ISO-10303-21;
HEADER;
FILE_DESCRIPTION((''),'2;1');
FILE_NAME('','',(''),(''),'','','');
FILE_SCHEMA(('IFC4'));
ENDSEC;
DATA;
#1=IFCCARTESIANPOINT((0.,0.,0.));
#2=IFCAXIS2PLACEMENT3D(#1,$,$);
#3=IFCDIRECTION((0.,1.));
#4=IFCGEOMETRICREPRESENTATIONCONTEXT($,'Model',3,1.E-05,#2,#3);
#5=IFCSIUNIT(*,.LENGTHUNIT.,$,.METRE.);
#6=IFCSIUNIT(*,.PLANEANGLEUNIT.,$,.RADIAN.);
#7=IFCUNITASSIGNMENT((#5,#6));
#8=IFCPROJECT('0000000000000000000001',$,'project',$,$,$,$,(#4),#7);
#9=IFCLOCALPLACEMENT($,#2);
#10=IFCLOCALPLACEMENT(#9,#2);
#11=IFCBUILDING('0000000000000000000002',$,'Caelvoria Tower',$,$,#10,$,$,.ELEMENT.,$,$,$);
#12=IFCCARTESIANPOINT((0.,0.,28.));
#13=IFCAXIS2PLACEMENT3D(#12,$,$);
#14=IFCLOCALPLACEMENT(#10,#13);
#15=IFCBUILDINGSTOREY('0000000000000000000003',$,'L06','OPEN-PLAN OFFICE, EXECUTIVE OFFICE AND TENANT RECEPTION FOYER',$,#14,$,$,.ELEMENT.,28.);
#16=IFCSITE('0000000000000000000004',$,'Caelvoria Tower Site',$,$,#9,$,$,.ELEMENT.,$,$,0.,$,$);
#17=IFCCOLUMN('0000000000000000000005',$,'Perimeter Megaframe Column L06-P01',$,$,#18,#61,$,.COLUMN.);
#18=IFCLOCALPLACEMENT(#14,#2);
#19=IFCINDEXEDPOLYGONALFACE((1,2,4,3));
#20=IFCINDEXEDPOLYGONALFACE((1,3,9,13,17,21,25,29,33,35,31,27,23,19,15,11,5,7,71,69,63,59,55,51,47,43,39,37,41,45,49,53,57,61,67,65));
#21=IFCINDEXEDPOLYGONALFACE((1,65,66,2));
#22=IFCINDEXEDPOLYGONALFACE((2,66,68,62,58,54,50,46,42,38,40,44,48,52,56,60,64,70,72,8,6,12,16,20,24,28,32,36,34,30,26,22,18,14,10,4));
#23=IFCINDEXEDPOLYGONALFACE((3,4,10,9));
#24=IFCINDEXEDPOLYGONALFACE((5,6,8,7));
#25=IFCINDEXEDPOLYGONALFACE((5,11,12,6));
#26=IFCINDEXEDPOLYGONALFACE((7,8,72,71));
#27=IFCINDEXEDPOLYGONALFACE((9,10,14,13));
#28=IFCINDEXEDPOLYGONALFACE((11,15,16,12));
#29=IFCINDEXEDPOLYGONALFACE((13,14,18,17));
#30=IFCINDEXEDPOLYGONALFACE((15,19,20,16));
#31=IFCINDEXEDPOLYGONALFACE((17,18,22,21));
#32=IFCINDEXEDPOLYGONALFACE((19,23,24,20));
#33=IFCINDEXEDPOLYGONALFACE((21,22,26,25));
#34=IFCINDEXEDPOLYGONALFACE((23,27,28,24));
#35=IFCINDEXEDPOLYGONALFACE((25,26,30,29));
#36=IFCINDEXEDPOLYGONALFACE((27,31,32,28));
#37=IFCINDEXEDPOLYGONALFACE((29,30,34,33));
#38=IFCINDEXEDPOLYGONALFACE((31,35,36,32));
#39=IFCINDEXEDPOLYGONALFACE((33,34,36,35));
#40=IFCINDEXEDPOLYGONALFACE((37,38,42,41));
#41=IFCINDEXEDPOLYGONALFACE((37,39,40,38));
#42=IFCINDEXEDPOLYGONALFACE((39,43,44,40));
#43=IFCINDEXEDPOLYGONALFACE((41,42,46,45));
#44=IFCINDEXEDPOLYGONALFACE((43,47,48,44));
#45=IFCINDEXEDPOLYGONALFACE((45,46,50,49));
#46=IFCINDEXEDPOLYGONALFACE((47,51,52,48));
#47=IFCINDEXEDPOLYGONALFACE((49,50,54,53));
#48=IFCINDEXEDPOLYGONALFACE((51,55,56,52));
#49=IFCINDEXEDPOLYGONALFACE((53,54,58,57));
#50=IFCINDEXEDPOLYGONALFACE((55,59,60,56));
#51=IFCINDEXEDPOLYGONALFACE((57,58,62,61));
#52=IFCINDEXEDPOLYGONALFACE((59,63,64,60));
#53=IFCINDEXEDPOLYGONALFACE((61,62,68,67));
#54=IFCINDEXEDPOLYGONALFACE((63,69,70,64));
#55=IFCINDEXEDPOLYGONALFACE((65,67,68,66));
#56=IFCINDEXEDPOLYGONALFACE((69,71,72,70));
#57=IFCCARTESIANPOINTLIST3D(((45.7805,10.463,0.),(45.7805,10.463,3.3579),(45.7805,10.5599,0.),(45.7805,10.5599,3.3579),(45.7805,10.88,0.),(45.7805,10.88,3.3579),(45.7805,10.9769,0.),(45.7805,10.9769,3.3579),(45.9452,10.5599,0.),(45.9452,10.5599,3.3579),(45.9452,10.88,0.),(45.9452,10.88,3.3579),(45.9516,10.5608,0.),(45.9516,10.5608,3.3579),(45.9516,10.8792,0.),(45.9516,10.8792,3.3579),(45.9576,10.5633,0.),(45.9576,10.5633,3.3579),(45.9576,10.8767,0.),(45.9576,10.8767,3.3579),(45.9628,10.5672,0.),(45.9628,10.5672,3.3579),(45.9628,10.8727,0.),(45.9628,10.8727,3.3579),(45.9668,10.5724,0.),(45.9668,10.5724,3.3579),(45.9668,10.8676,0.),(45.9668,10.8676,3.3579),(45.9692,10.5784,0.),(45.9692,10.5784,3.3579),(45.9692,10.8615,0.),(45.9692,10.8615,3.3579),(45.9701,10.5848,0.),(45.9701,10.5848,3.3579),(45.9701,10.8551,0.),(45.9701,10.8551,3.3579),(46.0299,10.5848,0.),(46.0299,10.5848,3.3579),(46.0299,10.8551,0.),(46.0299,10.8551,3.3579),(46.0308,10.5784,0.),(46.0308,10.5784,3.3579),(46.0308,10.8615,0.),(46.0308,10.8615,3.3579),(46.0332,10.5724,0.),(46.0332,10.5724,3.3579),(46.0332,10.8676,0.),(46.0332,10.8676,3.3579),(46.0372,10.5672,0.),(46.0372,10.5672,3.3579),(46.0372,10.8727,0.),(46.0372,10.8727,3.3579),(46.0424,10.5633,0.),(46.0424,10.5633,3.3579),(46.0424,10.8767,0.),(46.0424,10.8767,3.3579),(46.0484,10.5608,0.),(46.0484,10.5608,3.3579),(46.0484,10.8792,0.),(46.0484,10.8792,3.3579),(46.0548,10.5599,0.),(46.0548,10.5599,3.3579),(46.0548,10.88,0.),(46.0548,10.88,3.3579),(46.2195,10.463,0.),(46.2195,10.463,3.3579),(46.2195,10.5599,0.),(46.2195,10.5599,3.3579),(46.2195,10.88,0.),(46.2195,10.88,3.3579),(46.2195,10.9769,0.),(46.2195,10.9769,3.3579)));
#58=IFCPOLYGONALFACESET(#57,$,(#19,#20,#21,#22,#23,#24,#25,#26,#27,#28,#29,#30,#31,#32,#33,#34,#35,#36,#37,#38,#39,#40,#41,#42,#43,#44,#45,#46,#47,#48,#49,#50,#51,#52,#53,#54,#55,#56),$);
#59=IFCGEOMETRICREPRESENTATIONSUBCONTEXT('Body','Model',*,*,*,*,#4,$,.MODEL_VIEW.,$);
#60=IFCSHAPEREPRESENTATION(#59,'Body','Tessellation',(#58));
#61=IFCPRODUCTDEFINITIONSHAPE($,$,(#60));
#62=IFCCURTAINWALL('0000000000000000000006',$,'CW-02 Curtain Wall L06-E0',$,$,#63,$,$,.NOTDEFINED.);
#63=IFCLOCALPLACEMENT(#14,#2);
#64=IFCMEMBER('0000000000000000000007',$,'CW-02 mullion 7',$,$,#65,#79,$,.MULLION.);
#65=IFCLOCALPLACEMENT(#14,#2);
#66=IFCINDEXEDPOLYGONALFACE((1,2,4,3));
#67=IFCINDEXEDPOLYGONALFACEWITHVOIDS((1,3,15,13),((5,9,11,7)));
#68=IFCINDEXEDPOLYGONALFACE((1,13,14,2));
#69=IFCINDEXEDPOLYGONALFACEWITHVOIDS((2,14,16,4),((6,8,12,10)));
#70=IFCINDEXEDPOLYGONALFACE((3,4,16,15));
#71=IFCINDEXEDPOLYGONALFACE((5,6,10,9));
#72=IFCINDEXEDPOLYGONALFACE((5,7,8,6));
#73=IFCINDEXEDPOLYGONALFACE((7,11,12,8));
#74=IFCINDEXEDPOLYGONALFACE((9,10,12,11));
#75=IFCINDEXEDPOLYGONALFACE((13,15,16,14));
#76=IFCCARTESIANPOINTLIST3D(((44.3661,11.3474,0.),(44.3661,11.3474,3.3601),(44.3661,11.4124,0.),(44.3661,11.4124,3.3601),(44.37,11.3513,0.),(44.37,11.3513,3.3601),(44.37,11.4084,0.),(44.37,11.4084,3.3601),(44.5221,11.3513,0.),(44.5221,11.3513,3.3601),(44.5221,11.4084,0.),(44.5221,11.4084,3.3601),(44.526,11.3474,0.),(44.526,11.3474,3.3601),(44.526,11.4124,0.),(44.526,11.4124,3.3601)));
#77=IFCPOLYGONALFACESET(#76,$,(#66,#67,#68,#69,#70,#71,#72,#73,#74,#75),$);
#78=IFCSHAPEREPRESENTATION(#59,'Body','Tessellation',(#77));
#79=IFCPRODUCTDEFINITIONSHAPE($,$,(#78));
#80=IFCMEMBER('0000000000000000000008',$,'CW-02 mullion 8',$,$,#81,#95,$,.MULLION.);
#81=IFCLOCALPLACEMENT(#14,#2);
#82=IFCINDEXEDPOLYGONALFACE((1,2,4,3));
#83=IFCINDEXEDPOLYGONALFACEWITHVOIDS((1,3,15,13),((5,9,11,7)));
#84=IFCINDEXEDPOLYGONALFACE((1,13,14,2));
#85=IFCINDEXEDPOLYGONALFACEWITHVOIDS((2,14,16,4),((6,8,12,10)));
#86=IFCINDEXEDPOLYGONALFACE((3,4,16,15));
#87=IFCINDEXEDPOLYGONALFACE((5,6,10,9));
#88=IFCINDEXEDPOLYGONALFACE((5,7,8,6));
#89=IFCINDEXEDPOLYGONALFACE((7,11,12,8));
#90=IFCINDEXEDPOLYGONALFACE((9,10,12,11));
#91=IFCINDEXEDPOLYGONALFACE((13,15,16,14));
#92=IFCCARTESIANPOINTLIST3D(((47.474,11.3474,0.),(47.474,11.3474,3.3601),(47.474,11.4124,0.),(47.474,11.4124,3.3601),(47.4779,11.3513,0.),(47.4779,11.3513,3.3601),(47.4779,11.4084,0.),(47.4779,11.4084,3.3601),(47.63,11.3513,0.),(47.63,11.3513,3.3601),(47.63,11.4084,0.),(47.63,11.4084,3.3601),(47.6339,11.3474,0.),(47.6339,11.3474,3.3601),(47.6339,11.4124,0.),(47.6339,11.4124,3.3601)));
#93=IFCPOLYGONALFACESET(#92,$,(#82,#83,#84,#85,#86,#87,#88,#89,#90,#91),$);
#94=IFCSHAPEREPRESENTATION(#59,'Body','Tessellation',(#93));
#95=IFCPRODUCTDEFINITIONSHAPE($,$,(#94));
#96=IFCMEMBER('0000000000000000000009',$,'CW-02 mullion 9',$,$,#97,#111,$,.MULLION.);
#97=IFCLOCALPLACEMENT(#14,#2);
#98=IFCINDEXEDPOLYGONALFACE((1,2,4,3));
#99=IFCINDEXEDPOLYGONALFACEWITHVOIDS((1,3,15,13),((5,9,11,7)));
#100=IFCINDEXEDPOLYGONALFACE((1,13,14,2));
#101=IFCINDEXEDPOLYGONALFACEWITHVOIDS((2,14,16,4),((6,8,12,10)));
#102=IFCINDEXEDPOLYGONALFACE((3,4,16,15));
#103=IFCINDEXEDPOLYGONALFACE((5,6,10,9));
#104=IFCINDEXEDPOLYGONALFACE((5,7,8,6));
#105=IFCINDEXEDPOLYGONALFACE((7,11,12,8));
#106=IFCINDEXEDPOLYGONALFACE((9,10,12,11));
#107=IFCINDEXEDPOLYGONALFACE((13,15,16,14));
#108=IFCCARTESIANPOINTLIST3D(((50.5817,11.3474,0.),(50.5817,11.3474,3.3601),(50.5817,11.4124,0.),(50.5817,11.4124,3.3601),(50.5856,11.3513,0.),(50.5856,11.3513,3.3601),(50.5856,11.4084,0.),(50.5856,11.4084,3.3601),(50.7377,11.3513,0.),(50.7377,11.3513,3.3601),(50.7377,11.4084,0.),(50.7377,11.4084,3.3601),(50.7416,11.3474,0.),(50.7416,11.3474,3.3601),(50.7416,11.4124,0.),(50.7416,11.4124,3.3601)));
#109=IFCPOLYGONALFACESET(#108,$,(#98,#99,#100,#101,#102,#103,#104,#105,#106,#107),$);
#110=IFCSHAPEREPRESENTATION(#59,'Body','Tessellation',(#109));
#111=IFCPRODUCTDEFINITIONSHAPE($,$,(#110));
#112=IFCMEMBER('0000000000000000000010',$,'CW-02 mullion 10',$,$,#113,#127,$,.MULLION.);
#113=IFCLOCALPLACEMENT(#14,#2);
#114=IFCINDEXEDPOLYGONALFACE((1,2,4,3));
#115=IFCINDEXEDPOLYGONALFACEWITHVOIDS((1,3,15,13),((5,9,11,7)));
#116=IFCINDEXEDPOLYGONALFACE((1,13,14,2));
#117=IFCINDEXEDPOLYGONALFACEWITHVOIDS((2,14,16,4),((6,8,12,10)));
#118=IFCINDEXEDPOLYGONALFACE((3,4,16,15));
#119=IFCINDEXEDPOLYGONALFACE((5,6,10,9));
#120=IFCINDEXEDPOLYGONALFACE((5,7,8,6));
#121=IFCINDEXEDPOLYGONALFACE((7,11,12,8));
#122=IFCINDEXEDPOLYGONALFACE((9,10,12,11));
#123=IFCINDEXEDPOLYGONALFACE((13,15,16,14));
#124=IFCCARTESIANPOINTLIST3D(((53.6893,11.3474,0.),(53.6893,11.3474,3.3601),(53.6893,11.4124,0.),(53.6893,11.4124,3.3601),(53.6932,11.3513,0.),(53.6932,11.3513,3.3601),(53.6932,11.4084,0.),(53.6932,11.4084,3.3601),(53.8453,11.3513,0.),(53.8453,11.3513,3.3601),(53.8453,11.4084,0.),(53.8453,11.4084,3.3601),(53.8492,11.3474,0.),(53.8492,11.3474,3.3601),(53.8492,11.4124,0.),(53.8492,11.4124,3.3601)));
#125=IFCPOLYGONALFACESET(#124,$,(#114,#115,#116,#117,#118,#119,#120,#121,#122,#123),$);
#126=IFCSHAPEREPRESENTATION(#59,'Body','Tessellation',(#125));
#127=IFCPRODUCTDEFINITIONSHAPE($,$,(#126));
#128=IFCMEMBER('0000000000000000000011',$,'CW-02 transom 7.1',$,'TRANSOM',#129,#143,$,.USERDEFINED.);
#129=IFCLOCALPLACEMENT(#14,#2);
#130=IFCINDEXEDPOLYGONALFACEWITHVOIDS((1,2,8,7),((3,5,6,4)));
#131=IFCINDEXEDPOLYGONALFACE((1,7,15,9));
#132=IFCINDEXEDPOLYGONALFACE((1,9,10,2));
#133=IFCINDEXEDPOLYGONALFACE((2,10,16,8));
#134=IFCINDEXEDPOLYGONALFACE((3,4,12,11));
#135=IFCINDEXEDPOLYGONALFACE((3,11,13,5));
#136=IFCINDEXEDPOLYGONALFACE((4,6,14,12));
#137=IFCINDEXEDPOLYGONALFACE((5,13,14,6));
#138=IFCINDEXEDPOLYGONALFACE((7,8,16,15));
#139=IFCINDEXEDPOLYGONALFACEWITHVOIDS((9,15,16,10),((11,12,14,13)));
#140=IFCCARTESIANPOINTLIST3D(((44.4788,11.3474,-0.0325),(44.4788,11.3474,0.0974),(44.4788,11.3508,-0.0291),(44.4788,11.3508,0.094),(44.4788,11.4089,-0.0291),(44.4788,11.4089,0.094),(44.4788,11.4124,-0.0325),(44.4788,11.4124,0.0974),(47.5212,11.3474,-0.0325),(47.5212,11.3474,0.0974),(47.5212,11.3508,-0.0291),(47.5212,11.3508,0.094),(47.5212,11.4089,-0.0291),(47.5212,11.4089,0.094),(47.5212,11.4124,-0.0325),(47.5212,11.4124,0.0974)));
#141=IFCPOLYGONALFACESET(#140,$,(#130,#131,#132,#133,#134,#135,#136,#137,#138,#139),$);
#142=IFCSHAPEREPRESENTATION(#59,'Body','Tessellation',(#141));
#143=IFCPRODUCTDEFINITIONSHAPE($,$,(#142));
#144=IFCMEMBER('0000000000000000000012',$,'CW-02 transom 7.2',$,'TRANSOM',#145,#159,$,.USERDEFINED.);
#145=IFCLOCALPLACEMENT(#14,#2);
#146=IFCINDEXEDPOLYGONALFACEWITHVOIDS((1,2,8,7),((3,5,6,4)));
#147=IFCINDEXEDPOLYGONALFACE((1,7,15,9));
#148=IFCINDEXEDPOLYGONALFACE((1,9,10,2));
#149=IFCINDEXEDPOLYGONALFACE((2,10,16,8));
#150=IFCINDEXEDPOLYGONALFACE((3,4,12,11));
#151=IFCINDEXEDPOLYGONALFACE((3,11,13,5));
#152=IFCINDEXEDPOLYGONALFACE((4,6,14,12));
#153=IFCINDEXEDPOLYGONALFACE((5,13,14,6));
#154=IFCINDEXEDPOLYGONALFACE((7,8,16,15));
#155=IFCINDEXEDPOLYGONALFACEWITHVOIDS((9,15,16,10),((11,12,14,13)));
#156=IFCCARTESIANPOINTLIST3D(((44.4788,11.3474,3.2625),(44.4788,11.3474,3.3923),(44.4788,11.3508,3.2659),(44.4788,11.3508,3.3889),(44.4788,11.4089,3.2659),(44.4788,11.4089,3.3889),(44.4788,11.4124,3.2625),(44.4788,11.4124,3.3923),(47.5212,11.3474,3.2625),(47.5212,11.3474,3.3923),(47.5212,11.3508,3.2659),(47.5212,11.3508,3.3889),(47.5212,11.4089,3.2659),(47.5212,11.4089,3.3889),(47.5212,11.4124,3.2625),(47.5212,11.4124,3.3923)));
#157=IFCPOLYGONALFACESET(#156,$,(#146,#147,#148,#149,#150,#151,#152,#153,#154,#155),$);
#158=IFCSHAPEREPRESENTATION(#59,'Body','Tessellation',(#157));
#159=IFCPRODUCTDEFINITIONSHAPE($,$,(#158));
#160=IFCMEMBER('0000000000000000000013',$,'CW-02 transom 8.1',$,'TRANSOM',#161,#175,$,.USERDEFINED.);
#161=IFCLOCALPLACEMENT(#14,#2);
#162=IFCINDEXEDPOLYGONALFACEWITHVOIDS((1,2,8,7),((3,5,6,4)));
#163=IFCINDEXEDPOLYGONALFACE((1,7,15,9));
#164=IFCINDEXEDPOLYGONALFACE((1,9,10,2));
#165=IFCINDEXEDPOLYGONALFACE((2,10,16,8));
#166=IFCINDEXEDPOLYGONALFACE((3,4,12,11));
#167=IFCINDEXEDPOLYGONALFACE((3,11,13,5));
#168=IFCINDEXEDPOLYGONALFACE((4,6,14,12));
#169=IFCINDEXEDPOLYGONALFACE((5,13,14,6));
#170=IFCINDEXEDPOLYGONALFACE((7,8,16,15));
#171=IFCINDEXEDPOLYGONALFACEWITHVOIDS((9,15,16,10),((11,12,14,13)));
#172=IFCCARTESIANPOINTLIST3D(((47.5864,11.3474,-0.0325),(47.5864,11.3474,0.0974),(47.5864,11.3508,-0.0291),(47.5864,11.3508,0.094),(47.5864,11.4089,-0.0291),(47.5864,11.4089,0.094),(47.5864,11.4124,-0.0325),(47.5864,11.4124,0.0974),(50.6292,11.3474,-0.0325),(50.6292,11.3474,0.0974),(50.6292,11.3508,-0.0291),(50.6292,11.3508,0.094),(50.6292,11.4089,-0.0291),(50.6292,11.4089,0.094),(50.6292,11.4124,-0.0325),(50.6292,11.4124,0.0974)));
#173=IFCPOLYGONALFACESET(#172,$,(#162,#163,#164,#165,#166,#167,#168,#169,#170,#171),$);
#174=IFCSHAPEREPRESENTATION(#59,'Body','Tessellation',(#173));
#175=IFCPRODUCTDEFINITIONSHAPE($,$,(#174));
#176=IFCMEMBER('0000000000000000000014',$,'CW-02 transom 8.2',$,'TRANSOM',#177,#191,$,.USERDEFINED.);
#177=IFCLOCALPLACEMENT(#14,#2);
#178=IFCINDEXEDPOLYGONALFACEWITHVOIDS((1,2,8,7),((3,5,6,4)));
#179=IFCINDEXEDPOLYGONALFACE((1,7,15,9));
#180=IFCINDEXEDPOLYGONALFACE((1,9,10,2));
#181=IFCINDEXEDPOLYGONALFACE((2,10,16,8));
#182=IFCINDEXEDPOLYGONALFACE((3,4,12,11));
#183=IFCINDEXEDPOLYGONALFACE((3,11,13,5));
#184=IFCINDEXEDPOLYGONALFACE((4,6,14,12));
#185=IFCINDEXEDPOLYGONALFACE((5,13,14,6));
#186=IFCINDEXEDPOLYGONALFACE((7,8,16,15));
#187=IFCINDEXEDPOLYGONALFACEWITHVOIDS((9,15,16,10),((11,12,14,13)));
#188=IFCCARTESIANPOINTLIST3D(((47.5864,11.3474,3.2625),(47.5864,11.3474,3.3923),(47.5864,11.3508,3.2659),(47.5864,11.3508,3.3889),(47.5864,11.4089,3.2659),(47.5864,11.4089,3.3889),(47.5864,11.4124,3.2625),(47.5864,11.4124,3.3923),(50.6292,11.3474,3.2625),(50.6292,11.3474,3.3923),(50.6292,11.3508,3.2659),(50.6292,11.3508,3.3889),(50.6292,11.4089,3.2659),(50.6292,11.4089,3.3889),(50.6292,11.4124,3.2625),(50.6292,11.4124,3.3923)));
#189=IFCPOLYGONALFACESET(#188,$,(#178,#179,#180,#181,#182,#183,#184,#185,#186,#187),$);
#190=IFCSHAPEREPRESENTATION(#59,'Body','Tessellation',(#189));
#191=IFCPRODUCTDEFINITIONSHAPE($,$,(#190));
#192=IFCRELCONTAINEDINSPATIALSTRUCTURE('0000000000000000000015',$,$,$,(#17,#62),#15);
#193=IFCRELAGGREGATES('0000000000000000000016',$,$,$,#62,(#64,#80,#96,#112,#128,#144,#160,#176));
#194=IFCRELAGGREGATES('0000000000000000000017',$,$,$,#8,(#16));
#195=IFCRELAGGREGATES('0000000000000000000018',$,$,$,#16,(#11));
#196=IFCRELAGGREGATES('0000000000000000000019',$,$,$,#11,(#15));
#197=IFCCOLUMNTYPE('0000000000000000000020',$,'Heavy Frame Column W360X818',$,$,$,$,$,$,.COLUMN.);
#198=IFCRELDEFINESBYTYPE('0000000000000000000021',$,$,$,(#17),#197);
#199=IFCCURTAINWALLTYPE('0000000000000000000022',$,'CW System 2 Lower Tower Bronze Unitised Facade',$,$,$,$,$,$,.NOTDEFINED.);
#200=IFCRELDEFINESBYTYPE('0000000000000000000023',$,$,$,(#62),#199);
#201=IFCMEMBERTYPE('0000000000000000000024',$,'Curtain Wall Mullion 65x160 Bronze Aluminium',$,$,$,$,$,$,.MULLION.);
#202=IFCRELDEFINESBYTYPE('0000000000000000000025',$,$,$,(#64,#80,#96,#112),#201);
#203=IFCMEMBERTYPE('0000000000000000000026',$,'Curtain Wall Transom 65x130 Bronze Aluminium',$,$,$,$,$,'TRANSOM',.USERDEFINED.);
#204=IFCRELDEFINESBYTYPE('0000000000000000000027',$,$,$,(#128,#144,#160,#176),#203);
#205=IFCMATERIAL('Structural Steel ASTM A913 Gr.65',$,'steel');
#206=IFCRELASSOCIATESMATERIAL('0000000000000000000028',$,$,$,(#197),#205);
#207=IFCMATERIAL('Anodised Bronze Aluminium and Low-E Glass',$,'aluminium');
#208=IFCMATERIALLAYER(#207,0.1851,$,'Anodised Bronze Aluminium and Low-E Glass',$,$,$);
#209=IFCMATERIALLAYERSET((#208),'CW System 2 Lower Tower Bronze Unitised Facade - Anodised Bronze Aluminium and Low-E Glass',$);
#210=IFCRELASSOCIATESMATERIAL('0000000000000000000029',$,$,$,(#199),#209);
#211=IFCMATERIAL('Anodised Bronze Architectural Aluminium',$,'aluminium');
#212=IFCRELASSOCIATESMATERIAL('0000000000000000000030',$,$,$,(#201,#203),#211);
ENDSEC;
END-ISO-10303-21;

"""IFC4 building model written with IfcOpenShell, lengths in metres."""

from ifc_helpers import new_model, si_unit, direction, frame, origin, origin_2d, place, context, subcontext, project, spatial, hollow_rectangle, i_section, extrude, material, layer, layer_set, material_profile, profile_set, type_object, element, aggregate, save


model = new_model("IFC4")

# Units and contexts
model_context = context("Model", 3, precision=1e-05, world=origin(), true_north=direction((0.0, 1.0)))
body_context = subcontext(model_context, "Body", "Model", "MODEL_VIEW")
ifc_project = project(units=[si_unit("LENGTHUNIT", "METRE"), si_unit("PLANEANGLEUNIT", "RADIAN")], contexts=[model_context])

# Site, building, storey
site_placement = place(None, origin())
site = spatial("IfcSite", under=ifc_project, at=site_placement, Name="Caelvoria Tower Site", CompositionType="ELEMENT", RefElevation=0.0)
building_placement = place(site_placement, origin())
building = spatial("IfcBuilding", under=site, at=building_placement, Name="Caelvoria Tower", CompositionType="ELEMENT")
storey_placement = place(building_placement, frame((0.0, 0.0, 28.0)))
storey = spatial("IfcBuildingStorey", under=building, at=storey_placement, Name="L06", Description="OPEN-PLAN OFFICE, EXECUTIVE OFFICE AND TENANT RECEPTION FOYER", CompositionType="ELEMENT", Elevation=28.0)

# Column
ifc_material_1 = material(Name="Structural Steel ASTM A913 Gr.65", Category="steel")
ifc_material_profile_1 = material_profile(ifc_material_1, i_section(OverallWidth=0.439, OverallDepth=0.5139, WebThickness=0.0598, FlangeThickness=0.0969, FilletRadius=0.0249, at=origin_2d()), Name="Structural Steel ASTM A913 Gr.65")
ifc_profile_set_1 = profile_set([ifc_material_profile_1], Name="W360X818 - Structural Steel ASTM A913 Gr.65")
column_type = type_object("IfcColumnType", Name="Heavy Frame Column W360X818", PredefinedType="COLUMN", material=ifc_profile_set_1)
column_placement = place(storey_placement, frame((46.0, 10.72, 0.0), z_axis=(0.0, 0.0, 1.0), x_axis=(1.0, 0.0, 0.0)))
element("IfcColumn", 1, at=column_placement, inside=storey, type_object=column_type, Name="Perimeter Megaframe Column L06-P01", PredefinedType="COLUMN", context=body_context, shape_type="SweptSolid", body=[
    extrude(i_section(OverallWidth=0.439, OverallDepth=0.5139, WebThickness=0.0598, FlangeThickness=0.0969, FilletRadius=0.0249, at=origin_2d()), origin(), (0.0, 0.0, 1.0), 3.3579),
])

# Curtain wall, members
ifc_material_2 = material(Name="Anodised Bronze Aluminium and Low-E Glass", Category="aluminium")
ifc_layer_1 = layer(ifc_material_2, 0.1851, Name="Anodised Bronze Aluminium and Low-E Glass")
ifc_layer_set_1 = layer_set([ifc_layer_1], Name="CW System 2 Lower Tower Bronze Unitised Facade - Anodised Bronze Aluminium and Low-E Glass")
curtain_wall_type = type_object("IfcCurtainWallType", Name="CW System 2 Lower Tower Bronze Unitised Facade", PredefinedType="NOTDEFINED", material=ifc_layer_set_1)
curtain_wall_placement = place(storey_placement, origin())
curtain_wall = element("IfcCurtainWall", 2, at=curtain_wall_placement, inside=storey, type_object=curtain_wall_type, Name="CW-02 Curtain Wall L06-E0", PredefinedType="NOTDEFINED")
ifc_material_3 = material(Name="Anodised Bronze Architectural Aluminium", Category="aluminium")
ifc_material_profile_2 = material_profile(ifc_material_3, hollow_rectangle(XDim=0.0649, YDim=0.1599, WallThickness=0.0039, at=origin_2d()), Name="Anodised Bronze Architectural Aluminium")
ifc_profile_set_2 = profile_set([ifc_material_profile_2], Name="CW_MULL_65X160 - Anodised Bronze Architectural Aluminium")
member_type_1 = type_object("IfcMemberType", Name="Curtain Wall Mullion 65x160 Bronze Aluminium", PredefinedType="MULLION", material=ifc_profile_set_2)
member_1_placement = place(storey_placement, frame((44.446, 11.3799, 0.0), z_axis=(0.0, 0.0, 1.0), x_axis=(0.0, 1.0, 0.0)))
member_1 = element("IfcMember", 3, at=member_1_placement, type_object=member_type_1, Name="CW-02 mullion 7", PredefinedType="MULLION", context=body_context, shape_type="SweptSolid", body=[
    extrude(hollow_rectangle(XDim=0.0649, YDim=0.1599, WallThickness=0.0039, at=origin_2d()), origin(), (0.0, 0.0, 1.0), 3.3601),
])
member_2_placement = place(storey_placement, frame((47.554, 11.3799, 0.0), z_axis=(0.0, 0.0, 1.0), x_axis=(0.0, 1.0, 0.0)))
member_2 = element("IfcMember", 4, at=member_2_placement, type_object=member_type_1, Name="CW-02 mullion 8", PredefinedType="MULLION", context=body_context, shape_type="SweptSolid", body=[
    extrude(hollow_rectangle(XDim=0.0649, YDim=0.1599, WallThickness=0.0039, at=origin_2d()), origin(), (0.0, 0.0, 1.0), 3.3601),
])
member_3_placement = place(storey_placement, frame((50.6616, 11.3799, 0.0), z_axis=(0.0, 0.0, 1.0), x_axis=(0.0, 1.0, 0.0)))
member_3 = element("IfcMember", 5, at=member_3_placement, type_object=member_type_1, Name="CW-02 mullion 9", PredefinedType="MULLION", context=body_context, shape_type="SweptSolid", body=[
    extrude(hollow_rectangle(XDim=0.0649, YDim=0.1599, WallThickness=0.0039, at=origin_2d()), origin(), (0.0, 0.0, 1.0), 3.3601),
])
member_4_placement = place(storey_placement, frame((53.7693, 11.3799, 0.0), z_axis=(0.0, 0.0, 1.0), x_axis=(0.0, 1.0, 0.0)))
member_4 = element("IfcMember", 6, at=member_4_placement, type_object=member_type_1, Name="CW-02 mullion 10", PredefinedType="MULLION", context=body_context, shape_type="SweptSolid", body=[
    extrude(hollow_rectangle(XDim=0.0649, YDim=0.1599, WallThickness=0.0039, at=origin_2d()), origin(), (0.0, 0.0, 1.0), 3.3601),
])
ifc_material_profile_3 = material_profile(ifc_material_3, hollow_rectangle(XDim=0.0649, YDim=0.1299, WallThickness=0.0034, at=origin_2d()), Name="Anodised Bronze Architectural Aluminium")
ifc_profile_set_3 = profile_set([ifc_material_profile_3], Name="CW_TRAN_65X130 - Anodised Bronze Architectural Aluminium")
member_type_2 = type_object("IfcMemberType", Name="Curtain Wall Transom 65x130 Bronze Aluminium", ElementType="TRANSOM", PredefinedType="USERDEFINED", material=ifc_profile_set_3)
member_5_placement = place(storey_placement, frame((44.4788, 11.3799, 0.0325), z_axis=(1.0, 0.0, 0.0), x_axis=(0.0, 1.0, 0.0)))
member_5 = element("IfcMember", 7, at=member_5_placement, type_object=member_type_2, Name="CW-02 transom 7.1", ObjectType="TRANSOM", PredefinedType="USERDEFINED", context=body_context, shape_type="SweptSolid", body=[
    extrude(hollow_rectangle(XDim=0.0649, YDim=0.1299, WallThickness=0.0034, at=origin_2d()), origin(), (0.0, 0.0, 1.0), 3.0425),
])
member_6_placement = place(storey_placement, frame((44.4788, 11.3799, 3.3274), z_axis=(1.0, 0.0, 0.0), x_axis=(0.0, 1.0, 0.0)))
member_6 = element("IfcMember", 8, at=member_6_placement, type_object=member_type_2, Name="CW-02 transom 7.2", ObjectType="TRANSOM", PredefinedType="USERDEFINED", context=body_context, shape_type="SweptSolid", body=[
    extrude(hollow_rectangle(XDim=0.0649, YDim=0.1299, WallThickness=0.0034, at=origin_2d()), origin(), (0.0, 0.0, 1.0), 3.0425),
])
member_7_placement = place(storey_placement, frame((47.5864, 11.3799, 0.0325), z_axis=(1.0, 0.0, 0.0), x_axis=(0.0, 1.0, 0.0)))
member_7 = element("IfcMember", 9, at=member_7_placement, type_object=member_type_2, Name="CW-02 transom 8.1", ObjectType="TRANSOM", PredefinedType="USERDEFINED", context=body_context, shape_type="SweptSolid", body=[
    extrude(hollow_rectangle(XDim=0.0649, YDim=0.1299, WallThickness=0.0034, at=origin_2d()), origin(), (0.0, 0.0, 1.0), 3.0427),
])
member_8_placement = place(storey_placement, frame((47.5864, 11.3799, 3.3274), z_axis=(1.0, 0.0, 0.0), x_axis=(0.0, 1.0, 0.0)))
member_8 = element("IfcMember", 10, at=member_8_placement, type_object=member_type_2, Name="CW-02 transom 8.2", ObjectType="TRANSOM", PredefinedType="USERDEFINED", context=body_context, shape_type="SweptSolid", body=[
    extrude(hollow_rectangle(XDim=0.0649, YDim=0.1299, WallThickness=0.0034, at=origin_2d()), origin(), (0.0, 0.0, 1.0), 3.0427),
])

aggregate(curtain_wall, [member_1, member_2, member_3, member_4, member_5, member_6, member_7, member_8])

save(model, "model.ifc")
